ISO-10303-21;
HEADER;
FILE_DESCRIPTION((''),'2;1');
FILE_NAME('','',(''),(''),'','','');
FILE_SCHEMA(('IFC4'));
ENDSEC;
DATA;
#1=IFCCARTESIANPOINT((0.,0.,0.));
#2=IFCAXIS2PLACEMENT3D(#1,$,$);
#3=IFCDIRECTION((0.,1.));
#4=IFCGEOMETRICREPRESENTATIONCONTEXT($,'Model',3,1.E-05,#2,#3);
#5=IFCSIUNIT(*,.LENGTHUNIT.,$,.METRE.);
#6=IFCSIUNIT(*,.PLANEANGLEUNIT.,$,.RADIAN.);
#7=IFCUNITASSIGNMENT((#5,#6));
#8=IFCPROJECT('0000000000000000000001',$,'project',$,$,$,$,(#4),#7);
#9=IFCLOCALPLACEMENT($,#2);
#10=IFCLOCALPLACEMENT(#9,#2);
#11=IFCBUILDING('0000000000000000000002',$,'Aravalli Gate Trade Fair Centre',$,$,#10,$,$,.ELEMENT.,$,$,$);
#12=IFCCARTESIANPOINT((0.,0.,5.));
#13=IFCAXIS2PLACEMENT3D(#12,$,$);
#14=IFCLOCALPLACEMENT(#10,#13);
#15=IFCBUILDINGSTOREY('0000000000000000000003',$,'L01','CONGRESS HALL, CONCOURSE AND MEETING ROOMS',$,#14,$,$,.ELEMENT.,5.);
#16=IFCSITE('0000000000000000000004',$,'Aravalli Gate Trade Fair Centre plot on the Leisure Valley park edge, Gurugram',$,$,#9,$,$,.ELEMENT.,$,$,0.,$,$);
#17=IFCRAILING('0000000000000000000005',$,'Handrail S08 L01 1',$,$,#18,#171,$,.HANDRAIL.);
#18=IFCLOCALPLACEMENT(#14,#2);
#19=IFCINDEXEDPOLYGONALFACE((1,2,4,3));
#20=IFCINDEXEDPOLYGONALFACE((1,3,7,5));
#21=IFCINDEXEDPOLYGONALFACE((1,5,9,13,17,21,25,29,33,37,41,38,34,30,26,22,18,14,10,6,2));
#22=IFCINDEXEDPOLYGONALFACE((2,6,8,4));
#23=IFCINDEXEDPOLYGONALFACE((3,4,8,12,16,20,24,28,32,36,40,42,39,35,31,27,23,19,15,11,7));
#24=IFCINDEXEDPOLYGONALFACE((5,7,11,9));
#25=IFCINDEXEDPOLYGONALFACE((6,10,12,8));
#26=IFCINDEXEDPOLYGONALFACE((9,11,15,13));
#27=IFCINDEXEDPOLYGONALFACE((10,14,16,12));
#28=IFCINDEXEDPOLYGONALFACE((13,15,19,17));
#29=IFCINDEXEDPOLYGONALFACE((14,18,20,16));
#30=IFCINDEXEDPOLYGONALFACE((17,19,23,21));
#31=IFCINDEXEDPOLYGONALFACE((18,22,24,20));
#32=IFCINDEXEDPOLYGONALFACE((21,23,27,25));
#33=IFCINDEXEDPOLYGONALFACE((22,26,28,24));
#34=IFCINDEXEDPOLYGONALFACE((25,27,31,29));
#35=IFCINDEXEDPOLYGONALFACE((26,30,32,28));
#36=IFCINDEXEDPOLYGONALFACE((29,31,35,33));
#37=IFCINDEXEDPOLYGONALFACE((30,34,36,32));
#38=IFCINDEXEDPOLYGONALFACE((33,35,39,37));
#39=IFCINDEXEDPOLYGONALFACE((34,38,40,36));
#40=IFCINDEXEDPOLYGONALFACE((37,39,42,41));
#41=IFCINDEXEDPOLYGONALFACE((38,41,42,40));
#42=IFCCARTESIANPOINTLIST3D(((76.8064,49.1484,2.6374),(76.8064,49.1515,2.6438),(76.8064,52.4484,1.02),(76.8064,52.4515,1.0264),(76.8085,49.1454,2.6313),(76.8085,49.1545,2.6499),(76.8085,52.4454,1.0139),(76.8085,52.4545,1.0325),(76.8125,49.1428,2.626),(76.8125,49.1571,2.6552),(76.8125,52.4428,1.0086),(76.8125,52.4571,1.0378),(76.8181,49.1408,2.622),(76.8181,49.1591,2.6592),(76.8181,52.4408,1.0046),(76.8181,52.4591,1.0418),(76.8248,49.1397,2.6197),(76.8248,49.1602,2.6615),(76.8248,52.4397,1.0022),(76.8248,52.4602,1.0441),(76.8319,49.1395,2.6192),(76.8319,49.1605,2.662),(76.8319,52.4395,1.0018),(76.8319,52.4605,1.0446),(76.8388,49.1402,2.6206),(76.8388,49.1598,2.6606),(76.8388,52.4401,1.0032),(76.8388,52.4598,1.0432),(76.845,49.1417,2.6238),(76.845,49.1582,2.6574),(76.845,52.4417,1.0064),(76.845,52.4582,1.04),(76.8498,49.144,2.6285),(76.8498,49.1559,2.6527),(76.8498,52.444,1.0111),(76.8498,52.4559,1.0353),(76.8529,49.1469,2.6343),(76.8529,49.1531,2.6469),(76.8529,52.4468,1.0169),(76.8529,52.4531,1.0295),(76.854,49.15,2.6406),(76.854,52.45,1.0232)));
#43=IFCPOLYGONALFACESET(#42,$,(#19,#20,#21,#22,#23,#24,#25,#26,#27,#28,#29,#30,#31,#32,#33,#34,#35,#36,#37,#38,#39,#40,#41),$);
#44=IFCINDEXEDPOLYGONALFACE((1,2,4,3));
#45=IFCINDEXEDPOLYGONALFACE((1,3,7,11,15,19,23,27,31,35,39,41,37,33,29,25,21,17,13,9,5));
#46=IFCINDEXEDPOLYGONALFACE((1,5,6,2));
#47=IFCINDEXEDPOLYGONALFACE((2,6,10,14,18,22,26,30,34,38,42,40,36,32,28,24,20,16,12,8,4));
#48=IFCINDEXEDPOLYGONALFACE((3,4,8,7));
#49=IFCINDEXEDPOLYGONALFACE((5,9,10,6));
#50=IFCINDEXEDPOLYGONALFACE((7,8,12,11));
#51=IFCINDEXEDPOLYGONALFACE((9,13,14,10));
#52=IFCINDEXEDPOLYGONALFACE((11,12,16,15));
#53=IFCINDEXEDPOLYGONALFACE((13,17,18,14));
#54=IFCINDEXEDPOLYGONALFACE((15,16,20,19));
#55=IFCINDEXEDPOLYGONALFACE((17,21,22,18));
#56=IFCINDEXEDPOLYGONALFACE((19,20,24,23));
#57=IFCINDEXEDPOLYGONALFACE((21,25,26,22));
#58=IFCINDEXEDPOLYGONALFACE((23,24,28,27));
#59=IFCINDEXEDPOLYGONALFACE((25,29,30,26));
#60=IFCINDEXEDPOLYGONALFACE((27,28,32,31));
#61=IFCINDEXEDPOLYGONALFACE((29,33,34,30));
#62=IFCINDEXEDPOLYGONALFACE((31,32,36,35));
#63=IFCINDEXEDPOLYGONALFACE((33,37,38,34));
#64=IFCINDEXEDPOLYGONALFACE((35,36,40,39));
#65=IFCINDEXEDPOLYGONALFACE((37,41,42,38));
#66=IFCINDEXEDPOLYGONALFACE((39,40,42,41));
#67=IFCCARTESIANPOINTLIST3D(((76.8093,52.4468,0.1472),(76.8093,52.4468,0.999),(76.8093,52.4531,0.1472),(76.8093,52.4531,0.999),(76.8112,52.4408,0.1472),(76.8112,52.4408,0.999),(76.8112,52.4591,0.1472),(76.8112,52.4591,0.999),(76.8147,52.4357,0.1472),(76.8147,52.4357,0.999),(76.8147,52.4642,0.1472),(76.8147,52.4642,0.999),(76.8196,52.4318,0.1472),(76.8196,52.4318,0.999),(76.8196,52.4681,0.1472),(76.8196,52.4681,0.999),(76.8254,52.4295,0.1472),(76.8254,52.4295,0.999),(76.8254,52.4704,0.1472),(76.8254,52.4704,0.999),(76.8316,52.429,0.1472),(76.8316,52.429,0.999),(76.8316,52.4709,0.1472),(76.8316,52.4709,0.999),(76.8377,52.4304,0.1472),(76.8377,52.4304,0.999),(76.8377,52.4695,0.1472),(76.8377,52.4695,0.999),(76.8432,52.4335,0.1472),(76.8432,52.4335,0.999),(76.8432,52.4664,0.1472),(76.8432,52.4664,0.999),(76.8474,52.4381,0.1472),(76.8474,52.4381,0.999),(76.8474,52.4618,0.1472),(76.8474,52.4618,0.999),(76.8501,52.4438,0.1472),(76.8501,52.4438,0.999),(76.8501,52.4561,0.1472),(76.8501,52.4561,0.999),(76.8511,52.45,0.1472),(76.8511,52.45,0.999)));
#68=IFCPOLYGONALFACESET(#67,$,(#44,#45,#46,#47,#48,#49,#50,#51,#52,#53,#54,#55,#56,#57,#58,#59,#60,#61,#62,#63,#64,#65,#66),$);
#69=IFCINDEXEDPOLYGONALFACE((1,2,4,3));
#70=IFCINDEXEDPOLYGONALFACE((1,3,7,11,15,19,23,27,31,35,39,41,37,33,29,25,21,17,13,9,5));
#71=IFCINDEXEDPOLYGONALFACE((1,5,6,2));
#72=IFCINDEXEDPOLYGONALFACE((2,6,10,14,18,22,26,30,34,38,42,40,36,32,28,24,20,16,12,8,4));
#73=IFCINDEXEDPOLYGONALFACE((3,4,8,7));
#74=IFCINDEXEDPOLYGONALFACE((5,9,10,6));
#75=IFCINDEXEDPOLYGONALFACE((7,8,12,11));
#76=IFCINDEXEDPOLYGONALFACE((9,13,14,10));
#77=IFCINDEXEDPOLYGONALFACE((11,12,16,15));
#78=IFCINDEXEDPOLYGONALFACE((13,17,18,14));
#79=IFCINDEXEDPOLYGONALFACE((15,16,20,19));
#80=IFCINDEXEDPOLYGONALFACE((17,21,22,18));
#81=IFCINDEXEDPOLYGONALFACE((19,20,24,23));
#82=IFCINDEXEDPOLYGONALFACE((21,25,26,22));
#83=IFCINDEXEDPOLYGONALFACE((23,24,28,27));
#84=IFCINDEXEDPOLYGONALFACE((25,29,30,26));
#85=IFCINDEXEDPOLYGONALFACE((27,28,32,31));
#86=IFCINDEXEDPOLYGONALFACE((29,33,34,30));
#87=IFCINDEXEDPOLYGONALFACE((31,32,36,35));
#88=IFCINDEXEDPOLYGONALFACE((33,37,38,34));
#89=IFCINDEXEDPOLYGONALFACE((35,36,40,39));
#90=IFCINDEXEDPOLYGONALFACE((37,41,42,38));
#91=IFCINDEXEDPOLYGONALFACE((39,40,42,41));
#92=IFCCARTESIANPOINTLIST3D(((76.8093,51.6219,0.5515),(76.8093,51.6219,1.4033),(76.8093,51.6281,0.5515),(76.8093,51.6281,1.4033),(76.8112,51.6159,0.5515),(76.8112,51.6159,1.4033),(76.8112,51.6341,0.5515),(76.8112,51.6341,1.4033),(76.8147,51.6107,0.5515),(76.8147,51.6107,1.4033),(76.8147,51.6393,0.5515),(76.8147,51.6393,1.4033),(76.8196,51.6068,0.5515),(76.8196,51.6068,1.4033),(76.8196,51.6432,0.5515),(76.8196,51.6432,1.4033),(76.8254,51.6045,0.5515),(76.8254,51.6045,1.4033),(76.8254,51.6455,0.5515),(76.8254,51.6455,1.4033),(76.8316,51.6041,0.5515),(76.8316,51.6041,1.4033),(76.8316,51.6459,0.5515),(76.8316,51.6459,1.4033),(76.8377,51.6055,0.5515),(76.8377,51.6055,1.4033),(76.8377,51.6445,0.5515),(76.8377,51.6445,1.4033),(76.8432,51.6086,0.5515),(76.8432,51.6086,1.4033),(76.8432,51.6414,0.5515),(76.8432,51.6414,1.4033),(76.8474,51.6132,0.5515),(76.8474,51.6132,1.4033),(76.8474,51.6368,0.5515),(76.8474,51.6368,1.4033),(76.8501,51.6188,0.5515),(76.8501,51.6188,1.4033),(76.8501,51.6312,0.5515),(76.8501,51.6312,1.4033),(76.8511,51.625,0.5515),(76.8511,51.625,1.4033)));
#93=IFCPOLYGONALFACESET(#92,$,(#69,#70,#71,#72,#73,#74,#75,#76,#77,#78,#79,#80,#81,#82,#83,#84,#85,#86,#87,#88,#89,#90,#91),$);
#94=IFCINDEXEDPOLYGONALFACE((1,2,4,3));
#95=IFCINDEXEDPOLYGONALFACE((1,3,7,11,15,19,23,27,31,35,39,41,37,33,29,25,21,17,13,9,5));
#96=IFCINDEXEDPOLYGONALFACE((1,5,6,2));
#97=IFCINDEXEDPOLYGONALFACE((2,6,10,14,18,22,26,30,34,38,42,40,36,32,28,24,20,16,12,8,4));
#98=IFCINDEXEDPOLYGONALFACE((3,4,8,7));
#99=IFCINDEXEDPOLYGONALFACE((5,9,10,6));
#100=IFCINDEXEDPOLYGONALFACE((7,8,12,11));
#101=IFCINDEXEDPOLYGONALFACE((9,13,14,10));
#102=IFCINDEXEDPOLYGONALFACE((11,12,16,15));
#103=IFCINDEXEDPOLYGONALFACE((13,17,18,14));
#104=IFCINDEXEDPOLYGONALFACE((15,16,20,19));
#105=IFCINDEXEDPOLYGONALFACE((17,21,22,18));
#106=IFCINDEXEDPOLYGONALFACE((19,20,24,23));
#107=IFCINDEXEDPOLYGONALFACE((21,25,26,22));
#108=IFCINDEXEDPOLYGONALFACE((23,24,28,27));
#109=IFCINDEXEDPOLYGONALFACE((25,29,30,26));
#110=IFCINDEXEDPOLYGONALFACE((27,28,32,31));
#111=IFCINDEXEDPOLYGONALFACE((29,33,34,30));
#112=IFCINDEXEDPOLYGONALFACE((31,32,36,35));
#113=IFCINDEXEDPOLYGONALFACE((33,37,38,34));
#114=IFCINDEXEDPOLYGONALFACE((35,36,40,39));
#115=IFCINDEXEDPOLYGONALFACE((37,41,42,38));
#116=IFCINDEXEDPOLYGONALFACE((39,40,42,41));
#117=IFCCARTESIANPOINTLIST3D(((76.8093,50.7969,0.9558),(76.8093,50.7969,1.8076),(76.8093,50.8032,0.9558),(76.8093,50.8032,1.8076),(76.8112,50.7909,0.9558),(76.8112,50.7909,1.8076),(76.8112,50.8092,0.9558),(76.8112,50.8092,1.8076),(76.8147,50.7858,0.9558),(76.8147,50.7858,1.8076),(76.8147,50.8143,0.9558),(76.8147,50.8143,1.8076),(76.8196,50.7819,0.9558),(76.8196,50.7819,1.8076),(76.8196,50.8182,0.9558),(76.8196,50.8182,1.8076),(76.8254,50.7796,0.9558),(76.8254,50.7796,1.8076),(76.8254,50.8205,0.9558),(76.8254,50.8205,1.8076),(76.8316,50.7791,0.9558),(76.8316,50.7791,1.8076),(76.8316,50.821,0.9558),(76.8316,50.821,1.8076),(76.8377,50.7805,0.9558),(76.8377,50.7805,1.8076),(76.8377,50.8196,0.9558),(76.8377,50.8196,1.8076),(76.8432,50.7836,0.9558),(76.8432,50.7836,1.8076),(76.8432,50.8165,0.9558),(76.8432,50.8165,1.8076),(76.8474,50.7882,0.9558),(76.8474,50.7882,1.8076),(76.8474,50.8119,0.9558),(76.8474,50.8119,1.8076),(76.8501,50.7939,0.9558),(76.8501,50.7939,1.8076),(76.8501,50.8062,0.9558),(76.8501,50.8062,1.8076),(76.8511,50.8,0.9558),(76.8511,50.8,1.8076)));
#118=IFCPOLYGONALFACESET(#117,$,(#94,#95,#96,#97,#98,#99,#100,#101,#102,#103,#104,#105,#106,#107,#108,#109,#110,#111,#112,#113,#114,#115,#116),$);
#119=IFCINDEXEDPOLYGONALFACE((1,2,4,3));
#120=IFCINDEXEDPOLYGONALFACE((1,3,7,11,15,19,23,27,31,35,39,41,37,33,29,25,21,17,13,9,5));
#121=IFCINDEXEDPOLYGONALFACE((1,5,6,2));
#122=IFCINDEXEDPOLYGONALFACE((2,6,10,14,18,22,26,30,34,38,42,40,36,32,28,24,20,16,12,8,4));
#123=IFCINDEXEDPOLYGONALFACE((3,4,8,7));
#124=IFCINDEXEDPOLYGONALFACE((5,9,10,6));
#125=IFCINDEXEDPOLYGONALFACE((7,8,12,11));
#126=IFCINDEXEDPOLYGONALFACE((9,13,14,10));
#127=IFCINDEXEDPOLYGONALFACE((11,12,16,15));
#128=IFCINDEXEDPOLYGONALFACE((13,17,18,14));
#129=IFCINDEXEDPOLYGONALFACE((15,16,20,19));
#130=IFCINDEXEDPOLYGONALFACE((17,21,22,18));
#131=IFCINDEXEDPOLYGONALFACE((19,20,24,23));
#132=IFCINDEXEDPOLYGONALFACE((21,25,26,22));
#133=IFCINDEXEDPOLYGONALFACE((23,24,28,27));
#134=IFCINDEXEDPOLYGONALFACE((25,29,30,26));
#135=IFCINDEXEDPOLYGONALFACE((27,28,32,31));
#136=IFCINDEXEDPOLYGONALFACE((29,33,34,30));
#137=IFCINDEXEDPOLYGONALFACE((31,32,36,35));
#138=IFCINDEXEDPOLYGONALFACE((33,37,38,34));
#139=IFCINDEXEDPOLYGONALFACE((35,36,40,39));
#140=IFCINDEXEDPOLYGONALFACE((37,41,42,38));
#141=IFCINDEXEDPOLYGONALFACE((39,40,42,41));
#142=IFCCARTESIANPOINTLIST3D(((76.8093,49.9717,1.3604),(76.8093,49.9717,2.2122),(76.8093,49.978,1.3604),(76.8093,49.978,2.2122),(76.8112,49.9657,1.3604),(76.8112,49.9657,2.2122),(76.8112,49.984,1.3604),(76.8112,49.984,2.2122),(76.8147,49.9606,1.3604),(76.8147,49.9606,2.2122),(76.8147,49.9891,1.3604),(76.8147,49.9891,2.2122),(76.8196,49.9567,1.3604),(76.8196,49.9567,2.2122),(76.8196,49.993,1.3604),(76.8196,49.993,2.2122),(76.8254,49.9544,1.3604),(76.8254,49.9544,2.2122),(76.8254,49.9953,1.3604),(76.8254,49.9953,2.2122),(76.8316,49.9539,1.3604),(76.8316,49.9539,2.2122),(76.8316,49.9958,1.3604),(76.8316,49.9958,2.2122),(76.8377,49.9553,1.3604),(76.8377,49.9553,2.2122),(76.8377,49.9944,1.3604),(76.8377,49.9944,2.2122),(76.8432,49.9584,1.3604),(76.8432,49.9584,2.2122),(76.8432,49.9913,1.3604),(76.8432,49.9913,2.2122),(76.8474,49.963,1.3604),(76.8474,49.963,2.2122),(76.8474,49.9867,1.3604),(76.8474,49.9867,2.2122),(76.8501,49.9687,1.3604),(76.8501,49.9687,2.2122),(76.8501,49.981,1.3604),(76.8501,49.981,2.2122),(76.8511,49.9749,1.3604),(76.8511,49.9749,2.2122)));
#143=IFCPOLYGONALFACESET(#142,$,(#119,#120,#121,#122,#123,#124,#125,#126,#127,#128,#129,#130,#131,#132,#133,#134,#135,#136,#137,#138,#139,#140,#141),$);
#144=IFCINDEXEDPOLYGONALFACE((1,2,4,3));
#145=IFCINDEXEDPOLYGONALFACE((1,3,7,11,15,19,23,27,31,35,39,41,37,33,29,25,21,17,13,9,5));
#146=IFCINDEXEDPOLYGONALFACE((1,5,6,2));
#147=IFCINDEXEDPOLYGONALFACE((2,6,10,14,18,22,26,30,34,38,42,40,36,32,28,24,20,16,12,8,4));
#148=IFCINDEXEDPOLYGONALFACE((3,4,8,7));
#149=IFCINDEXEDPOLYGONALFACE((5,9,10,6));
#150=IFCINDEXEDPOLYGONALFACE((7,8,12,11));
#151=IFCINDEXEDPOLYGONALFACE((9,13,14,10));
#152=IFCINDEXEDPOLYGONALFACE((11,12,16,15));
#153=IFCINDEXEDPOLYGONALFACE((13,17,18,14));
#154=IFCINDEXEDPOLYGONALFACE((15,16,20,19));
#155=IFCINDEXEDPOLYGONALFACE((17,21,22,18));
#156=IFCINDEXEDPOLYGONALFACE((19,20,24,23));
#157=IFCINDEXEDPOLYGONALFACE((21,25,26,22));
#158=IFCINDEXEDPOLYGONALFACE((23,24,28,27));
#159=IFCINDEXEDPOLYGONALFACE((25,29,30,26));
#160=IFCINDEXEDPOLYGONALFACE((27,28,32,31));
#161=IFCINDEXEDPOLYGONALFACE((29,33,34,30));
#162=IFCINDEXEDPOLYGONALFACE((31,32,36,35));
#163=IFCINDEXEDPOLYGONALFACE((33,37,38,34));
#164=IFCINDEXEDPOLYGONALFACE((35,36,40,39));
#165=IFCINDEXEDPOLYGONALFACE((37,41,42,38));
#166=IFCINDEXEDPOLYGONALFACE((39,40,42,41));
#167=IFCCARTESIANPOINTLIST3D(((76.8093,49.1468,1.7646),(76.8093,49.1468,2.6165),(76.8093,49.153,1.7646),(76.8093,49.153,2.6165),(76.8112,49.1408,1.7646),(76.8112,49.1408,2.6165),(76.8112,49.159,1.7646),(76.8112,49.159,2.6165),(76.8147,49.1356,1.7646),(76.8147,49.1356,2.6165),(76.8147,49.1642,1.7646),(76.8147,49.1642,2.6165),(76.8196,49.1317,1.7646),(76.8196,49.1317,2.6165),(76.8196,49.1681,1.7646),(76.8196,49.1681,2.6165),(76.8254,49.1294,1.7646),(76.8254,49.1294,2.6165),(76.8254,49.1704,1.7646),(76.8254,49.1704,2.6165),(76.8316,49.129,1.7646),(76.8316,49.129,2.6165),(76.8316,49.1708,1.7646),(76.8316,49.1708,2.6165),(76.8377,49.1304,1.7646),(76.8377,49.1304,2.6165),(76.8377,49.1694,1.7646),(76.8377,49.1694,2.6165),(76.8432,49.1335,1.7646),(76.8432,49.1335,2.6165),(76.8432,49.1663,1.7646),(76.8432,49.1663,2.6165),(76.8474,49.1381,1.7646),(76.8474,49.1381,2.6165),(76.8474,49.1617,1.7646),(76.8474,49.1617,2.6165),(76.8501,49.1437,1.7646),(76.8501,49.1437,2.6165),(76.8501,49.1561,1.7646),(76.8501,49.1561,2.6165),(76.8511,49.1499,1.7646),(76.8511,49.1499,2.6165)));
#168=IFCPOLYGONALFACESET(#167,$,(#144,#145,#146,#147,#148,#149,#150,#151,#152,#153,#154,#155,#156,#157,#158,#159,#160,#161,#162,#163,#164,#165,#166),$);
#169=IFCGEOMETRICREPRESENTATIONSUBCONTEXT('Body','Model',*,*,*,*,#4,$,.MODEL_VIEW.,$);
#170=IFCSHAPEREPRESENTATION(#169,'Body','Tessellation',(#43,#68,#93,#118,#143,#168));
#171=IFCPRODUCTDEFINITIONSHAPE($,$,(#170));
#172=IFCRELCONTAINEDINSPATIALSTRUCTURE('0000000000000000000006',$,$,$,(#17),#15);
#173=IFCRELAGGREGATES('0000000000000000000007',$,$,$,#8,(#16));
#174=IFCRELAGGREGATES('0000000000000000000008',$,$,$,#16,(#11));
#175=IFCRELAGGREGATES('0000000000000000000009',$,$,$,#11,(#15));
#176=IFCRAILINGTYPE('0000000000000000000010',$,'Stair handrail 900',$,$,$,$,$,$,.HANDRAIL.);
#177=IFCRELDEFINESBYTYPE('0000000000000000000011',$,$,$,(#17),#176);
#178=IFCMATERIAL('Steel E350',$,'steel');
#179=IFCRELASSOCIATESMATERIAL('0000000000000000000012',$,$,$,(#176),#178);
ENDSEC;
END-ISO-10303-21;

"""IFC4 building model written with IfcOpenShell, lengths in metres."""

from ifc_helpers import new_model, si_unit, direction, frame, origin, origin_2d, place, context, subcontext, project, spatial, circle, extrude, material, type_object, element, save


model = new_model("IFC4")

# Units and contexts
model_context = context("Model", 3, precision=1e-05, world=origin(), true_north=direction((0.0, 1.0)))
body_context = subcontext(model_context, "Body", "Model", "MODEL_VIEW")
ifc_project = project(units=[si_unit("LENGTHUNIT", "METRE"), si_unit("PLANEANGLEUNIT", "RADIAN")], contexts=[model_context])

# Site, building, storey
site_placement = place(None, origin())
site = spatial("IfcSite", under=ifc_project, at=site_placement, Name="Aravalli Gate Trade Fair Centre plot on the Leisure Valley park edge, Gurugram", CompositionType="ELEMENT", RefElevation=0.0)
building_placement = place(site_placement, origin())
building = spatial("IfcBuilding", under=site, at=building_placement, Name="Aravalli Gate Trade Fair Centre", CompositionType="ELEMENT")
storey_placement = place(building_placement, frame((0.0, 0.0, 5.0)))
storey = spatial("IfcBuildingStorey", under=building, at=storey_placement, Name="L01", Description="CONGRESS HALL, CONCOURSE AND MEETING ROOMS", CompositionType="ELEMENT", Elevation=5.0)

# Railing
ifc_material_1 = material(Name="Steel E350", Category="steel")
railing_type = type_object("IfcRailingType", Name="Stair handrail 900", PredefinedType="HANDRAIL", material=ifc_material_1)
for number, where, name in (
    (1, (76.8301, 52.45, 0.1472), "Handrail S08 L01 1"),
):
    element("IfcRailing", number, at=place(storey_placement, frame(where)), inside=storey, type_object=railing_type, Name=name, PredefinedType="HANDRAIL", context=body_context, shape_type="SweptSolid", body=[
        extrude(circle(Radius=0.0239, at=origin_2d()), frame((0.0, 0.0, 0.876), z_axis=(0.0, -0.897946, 0.440105), x_axis=(1.0, 0.0, 0.0)), (0.0, 0.0, 1.0), 3.675),
        extrude(circle(Radius=0.021, at=origin_2d()), origin(), (0.0, 0.0, 1.0), 0.8518),
        extrude(circle(Radius=0.021, at=origin_2d()), frame((0.0, -0.825, 0.4043)), (0.0, 0.0, 1.0), 0.8518),
        extrude(circle(Radius=0.021, at=origin_2d()), frame((0.0, -1.6499, 0.8086)), (0.0, 0.0, 1.0), 0.8518),
        extrude(circle(Radius=0.021, at=origin_2d()), frame((0.0, -2.4751, 1.2131)), (0.0, 0.0, 1.0), 0.8518),
        extrude(circle(Radius=0.021, at=origin_2d()), frame((0.0, -3.3, 1.6174)), (0.0, 0.0, 1.0), 0.8518),
    ])

save(model, "model.ifc")
